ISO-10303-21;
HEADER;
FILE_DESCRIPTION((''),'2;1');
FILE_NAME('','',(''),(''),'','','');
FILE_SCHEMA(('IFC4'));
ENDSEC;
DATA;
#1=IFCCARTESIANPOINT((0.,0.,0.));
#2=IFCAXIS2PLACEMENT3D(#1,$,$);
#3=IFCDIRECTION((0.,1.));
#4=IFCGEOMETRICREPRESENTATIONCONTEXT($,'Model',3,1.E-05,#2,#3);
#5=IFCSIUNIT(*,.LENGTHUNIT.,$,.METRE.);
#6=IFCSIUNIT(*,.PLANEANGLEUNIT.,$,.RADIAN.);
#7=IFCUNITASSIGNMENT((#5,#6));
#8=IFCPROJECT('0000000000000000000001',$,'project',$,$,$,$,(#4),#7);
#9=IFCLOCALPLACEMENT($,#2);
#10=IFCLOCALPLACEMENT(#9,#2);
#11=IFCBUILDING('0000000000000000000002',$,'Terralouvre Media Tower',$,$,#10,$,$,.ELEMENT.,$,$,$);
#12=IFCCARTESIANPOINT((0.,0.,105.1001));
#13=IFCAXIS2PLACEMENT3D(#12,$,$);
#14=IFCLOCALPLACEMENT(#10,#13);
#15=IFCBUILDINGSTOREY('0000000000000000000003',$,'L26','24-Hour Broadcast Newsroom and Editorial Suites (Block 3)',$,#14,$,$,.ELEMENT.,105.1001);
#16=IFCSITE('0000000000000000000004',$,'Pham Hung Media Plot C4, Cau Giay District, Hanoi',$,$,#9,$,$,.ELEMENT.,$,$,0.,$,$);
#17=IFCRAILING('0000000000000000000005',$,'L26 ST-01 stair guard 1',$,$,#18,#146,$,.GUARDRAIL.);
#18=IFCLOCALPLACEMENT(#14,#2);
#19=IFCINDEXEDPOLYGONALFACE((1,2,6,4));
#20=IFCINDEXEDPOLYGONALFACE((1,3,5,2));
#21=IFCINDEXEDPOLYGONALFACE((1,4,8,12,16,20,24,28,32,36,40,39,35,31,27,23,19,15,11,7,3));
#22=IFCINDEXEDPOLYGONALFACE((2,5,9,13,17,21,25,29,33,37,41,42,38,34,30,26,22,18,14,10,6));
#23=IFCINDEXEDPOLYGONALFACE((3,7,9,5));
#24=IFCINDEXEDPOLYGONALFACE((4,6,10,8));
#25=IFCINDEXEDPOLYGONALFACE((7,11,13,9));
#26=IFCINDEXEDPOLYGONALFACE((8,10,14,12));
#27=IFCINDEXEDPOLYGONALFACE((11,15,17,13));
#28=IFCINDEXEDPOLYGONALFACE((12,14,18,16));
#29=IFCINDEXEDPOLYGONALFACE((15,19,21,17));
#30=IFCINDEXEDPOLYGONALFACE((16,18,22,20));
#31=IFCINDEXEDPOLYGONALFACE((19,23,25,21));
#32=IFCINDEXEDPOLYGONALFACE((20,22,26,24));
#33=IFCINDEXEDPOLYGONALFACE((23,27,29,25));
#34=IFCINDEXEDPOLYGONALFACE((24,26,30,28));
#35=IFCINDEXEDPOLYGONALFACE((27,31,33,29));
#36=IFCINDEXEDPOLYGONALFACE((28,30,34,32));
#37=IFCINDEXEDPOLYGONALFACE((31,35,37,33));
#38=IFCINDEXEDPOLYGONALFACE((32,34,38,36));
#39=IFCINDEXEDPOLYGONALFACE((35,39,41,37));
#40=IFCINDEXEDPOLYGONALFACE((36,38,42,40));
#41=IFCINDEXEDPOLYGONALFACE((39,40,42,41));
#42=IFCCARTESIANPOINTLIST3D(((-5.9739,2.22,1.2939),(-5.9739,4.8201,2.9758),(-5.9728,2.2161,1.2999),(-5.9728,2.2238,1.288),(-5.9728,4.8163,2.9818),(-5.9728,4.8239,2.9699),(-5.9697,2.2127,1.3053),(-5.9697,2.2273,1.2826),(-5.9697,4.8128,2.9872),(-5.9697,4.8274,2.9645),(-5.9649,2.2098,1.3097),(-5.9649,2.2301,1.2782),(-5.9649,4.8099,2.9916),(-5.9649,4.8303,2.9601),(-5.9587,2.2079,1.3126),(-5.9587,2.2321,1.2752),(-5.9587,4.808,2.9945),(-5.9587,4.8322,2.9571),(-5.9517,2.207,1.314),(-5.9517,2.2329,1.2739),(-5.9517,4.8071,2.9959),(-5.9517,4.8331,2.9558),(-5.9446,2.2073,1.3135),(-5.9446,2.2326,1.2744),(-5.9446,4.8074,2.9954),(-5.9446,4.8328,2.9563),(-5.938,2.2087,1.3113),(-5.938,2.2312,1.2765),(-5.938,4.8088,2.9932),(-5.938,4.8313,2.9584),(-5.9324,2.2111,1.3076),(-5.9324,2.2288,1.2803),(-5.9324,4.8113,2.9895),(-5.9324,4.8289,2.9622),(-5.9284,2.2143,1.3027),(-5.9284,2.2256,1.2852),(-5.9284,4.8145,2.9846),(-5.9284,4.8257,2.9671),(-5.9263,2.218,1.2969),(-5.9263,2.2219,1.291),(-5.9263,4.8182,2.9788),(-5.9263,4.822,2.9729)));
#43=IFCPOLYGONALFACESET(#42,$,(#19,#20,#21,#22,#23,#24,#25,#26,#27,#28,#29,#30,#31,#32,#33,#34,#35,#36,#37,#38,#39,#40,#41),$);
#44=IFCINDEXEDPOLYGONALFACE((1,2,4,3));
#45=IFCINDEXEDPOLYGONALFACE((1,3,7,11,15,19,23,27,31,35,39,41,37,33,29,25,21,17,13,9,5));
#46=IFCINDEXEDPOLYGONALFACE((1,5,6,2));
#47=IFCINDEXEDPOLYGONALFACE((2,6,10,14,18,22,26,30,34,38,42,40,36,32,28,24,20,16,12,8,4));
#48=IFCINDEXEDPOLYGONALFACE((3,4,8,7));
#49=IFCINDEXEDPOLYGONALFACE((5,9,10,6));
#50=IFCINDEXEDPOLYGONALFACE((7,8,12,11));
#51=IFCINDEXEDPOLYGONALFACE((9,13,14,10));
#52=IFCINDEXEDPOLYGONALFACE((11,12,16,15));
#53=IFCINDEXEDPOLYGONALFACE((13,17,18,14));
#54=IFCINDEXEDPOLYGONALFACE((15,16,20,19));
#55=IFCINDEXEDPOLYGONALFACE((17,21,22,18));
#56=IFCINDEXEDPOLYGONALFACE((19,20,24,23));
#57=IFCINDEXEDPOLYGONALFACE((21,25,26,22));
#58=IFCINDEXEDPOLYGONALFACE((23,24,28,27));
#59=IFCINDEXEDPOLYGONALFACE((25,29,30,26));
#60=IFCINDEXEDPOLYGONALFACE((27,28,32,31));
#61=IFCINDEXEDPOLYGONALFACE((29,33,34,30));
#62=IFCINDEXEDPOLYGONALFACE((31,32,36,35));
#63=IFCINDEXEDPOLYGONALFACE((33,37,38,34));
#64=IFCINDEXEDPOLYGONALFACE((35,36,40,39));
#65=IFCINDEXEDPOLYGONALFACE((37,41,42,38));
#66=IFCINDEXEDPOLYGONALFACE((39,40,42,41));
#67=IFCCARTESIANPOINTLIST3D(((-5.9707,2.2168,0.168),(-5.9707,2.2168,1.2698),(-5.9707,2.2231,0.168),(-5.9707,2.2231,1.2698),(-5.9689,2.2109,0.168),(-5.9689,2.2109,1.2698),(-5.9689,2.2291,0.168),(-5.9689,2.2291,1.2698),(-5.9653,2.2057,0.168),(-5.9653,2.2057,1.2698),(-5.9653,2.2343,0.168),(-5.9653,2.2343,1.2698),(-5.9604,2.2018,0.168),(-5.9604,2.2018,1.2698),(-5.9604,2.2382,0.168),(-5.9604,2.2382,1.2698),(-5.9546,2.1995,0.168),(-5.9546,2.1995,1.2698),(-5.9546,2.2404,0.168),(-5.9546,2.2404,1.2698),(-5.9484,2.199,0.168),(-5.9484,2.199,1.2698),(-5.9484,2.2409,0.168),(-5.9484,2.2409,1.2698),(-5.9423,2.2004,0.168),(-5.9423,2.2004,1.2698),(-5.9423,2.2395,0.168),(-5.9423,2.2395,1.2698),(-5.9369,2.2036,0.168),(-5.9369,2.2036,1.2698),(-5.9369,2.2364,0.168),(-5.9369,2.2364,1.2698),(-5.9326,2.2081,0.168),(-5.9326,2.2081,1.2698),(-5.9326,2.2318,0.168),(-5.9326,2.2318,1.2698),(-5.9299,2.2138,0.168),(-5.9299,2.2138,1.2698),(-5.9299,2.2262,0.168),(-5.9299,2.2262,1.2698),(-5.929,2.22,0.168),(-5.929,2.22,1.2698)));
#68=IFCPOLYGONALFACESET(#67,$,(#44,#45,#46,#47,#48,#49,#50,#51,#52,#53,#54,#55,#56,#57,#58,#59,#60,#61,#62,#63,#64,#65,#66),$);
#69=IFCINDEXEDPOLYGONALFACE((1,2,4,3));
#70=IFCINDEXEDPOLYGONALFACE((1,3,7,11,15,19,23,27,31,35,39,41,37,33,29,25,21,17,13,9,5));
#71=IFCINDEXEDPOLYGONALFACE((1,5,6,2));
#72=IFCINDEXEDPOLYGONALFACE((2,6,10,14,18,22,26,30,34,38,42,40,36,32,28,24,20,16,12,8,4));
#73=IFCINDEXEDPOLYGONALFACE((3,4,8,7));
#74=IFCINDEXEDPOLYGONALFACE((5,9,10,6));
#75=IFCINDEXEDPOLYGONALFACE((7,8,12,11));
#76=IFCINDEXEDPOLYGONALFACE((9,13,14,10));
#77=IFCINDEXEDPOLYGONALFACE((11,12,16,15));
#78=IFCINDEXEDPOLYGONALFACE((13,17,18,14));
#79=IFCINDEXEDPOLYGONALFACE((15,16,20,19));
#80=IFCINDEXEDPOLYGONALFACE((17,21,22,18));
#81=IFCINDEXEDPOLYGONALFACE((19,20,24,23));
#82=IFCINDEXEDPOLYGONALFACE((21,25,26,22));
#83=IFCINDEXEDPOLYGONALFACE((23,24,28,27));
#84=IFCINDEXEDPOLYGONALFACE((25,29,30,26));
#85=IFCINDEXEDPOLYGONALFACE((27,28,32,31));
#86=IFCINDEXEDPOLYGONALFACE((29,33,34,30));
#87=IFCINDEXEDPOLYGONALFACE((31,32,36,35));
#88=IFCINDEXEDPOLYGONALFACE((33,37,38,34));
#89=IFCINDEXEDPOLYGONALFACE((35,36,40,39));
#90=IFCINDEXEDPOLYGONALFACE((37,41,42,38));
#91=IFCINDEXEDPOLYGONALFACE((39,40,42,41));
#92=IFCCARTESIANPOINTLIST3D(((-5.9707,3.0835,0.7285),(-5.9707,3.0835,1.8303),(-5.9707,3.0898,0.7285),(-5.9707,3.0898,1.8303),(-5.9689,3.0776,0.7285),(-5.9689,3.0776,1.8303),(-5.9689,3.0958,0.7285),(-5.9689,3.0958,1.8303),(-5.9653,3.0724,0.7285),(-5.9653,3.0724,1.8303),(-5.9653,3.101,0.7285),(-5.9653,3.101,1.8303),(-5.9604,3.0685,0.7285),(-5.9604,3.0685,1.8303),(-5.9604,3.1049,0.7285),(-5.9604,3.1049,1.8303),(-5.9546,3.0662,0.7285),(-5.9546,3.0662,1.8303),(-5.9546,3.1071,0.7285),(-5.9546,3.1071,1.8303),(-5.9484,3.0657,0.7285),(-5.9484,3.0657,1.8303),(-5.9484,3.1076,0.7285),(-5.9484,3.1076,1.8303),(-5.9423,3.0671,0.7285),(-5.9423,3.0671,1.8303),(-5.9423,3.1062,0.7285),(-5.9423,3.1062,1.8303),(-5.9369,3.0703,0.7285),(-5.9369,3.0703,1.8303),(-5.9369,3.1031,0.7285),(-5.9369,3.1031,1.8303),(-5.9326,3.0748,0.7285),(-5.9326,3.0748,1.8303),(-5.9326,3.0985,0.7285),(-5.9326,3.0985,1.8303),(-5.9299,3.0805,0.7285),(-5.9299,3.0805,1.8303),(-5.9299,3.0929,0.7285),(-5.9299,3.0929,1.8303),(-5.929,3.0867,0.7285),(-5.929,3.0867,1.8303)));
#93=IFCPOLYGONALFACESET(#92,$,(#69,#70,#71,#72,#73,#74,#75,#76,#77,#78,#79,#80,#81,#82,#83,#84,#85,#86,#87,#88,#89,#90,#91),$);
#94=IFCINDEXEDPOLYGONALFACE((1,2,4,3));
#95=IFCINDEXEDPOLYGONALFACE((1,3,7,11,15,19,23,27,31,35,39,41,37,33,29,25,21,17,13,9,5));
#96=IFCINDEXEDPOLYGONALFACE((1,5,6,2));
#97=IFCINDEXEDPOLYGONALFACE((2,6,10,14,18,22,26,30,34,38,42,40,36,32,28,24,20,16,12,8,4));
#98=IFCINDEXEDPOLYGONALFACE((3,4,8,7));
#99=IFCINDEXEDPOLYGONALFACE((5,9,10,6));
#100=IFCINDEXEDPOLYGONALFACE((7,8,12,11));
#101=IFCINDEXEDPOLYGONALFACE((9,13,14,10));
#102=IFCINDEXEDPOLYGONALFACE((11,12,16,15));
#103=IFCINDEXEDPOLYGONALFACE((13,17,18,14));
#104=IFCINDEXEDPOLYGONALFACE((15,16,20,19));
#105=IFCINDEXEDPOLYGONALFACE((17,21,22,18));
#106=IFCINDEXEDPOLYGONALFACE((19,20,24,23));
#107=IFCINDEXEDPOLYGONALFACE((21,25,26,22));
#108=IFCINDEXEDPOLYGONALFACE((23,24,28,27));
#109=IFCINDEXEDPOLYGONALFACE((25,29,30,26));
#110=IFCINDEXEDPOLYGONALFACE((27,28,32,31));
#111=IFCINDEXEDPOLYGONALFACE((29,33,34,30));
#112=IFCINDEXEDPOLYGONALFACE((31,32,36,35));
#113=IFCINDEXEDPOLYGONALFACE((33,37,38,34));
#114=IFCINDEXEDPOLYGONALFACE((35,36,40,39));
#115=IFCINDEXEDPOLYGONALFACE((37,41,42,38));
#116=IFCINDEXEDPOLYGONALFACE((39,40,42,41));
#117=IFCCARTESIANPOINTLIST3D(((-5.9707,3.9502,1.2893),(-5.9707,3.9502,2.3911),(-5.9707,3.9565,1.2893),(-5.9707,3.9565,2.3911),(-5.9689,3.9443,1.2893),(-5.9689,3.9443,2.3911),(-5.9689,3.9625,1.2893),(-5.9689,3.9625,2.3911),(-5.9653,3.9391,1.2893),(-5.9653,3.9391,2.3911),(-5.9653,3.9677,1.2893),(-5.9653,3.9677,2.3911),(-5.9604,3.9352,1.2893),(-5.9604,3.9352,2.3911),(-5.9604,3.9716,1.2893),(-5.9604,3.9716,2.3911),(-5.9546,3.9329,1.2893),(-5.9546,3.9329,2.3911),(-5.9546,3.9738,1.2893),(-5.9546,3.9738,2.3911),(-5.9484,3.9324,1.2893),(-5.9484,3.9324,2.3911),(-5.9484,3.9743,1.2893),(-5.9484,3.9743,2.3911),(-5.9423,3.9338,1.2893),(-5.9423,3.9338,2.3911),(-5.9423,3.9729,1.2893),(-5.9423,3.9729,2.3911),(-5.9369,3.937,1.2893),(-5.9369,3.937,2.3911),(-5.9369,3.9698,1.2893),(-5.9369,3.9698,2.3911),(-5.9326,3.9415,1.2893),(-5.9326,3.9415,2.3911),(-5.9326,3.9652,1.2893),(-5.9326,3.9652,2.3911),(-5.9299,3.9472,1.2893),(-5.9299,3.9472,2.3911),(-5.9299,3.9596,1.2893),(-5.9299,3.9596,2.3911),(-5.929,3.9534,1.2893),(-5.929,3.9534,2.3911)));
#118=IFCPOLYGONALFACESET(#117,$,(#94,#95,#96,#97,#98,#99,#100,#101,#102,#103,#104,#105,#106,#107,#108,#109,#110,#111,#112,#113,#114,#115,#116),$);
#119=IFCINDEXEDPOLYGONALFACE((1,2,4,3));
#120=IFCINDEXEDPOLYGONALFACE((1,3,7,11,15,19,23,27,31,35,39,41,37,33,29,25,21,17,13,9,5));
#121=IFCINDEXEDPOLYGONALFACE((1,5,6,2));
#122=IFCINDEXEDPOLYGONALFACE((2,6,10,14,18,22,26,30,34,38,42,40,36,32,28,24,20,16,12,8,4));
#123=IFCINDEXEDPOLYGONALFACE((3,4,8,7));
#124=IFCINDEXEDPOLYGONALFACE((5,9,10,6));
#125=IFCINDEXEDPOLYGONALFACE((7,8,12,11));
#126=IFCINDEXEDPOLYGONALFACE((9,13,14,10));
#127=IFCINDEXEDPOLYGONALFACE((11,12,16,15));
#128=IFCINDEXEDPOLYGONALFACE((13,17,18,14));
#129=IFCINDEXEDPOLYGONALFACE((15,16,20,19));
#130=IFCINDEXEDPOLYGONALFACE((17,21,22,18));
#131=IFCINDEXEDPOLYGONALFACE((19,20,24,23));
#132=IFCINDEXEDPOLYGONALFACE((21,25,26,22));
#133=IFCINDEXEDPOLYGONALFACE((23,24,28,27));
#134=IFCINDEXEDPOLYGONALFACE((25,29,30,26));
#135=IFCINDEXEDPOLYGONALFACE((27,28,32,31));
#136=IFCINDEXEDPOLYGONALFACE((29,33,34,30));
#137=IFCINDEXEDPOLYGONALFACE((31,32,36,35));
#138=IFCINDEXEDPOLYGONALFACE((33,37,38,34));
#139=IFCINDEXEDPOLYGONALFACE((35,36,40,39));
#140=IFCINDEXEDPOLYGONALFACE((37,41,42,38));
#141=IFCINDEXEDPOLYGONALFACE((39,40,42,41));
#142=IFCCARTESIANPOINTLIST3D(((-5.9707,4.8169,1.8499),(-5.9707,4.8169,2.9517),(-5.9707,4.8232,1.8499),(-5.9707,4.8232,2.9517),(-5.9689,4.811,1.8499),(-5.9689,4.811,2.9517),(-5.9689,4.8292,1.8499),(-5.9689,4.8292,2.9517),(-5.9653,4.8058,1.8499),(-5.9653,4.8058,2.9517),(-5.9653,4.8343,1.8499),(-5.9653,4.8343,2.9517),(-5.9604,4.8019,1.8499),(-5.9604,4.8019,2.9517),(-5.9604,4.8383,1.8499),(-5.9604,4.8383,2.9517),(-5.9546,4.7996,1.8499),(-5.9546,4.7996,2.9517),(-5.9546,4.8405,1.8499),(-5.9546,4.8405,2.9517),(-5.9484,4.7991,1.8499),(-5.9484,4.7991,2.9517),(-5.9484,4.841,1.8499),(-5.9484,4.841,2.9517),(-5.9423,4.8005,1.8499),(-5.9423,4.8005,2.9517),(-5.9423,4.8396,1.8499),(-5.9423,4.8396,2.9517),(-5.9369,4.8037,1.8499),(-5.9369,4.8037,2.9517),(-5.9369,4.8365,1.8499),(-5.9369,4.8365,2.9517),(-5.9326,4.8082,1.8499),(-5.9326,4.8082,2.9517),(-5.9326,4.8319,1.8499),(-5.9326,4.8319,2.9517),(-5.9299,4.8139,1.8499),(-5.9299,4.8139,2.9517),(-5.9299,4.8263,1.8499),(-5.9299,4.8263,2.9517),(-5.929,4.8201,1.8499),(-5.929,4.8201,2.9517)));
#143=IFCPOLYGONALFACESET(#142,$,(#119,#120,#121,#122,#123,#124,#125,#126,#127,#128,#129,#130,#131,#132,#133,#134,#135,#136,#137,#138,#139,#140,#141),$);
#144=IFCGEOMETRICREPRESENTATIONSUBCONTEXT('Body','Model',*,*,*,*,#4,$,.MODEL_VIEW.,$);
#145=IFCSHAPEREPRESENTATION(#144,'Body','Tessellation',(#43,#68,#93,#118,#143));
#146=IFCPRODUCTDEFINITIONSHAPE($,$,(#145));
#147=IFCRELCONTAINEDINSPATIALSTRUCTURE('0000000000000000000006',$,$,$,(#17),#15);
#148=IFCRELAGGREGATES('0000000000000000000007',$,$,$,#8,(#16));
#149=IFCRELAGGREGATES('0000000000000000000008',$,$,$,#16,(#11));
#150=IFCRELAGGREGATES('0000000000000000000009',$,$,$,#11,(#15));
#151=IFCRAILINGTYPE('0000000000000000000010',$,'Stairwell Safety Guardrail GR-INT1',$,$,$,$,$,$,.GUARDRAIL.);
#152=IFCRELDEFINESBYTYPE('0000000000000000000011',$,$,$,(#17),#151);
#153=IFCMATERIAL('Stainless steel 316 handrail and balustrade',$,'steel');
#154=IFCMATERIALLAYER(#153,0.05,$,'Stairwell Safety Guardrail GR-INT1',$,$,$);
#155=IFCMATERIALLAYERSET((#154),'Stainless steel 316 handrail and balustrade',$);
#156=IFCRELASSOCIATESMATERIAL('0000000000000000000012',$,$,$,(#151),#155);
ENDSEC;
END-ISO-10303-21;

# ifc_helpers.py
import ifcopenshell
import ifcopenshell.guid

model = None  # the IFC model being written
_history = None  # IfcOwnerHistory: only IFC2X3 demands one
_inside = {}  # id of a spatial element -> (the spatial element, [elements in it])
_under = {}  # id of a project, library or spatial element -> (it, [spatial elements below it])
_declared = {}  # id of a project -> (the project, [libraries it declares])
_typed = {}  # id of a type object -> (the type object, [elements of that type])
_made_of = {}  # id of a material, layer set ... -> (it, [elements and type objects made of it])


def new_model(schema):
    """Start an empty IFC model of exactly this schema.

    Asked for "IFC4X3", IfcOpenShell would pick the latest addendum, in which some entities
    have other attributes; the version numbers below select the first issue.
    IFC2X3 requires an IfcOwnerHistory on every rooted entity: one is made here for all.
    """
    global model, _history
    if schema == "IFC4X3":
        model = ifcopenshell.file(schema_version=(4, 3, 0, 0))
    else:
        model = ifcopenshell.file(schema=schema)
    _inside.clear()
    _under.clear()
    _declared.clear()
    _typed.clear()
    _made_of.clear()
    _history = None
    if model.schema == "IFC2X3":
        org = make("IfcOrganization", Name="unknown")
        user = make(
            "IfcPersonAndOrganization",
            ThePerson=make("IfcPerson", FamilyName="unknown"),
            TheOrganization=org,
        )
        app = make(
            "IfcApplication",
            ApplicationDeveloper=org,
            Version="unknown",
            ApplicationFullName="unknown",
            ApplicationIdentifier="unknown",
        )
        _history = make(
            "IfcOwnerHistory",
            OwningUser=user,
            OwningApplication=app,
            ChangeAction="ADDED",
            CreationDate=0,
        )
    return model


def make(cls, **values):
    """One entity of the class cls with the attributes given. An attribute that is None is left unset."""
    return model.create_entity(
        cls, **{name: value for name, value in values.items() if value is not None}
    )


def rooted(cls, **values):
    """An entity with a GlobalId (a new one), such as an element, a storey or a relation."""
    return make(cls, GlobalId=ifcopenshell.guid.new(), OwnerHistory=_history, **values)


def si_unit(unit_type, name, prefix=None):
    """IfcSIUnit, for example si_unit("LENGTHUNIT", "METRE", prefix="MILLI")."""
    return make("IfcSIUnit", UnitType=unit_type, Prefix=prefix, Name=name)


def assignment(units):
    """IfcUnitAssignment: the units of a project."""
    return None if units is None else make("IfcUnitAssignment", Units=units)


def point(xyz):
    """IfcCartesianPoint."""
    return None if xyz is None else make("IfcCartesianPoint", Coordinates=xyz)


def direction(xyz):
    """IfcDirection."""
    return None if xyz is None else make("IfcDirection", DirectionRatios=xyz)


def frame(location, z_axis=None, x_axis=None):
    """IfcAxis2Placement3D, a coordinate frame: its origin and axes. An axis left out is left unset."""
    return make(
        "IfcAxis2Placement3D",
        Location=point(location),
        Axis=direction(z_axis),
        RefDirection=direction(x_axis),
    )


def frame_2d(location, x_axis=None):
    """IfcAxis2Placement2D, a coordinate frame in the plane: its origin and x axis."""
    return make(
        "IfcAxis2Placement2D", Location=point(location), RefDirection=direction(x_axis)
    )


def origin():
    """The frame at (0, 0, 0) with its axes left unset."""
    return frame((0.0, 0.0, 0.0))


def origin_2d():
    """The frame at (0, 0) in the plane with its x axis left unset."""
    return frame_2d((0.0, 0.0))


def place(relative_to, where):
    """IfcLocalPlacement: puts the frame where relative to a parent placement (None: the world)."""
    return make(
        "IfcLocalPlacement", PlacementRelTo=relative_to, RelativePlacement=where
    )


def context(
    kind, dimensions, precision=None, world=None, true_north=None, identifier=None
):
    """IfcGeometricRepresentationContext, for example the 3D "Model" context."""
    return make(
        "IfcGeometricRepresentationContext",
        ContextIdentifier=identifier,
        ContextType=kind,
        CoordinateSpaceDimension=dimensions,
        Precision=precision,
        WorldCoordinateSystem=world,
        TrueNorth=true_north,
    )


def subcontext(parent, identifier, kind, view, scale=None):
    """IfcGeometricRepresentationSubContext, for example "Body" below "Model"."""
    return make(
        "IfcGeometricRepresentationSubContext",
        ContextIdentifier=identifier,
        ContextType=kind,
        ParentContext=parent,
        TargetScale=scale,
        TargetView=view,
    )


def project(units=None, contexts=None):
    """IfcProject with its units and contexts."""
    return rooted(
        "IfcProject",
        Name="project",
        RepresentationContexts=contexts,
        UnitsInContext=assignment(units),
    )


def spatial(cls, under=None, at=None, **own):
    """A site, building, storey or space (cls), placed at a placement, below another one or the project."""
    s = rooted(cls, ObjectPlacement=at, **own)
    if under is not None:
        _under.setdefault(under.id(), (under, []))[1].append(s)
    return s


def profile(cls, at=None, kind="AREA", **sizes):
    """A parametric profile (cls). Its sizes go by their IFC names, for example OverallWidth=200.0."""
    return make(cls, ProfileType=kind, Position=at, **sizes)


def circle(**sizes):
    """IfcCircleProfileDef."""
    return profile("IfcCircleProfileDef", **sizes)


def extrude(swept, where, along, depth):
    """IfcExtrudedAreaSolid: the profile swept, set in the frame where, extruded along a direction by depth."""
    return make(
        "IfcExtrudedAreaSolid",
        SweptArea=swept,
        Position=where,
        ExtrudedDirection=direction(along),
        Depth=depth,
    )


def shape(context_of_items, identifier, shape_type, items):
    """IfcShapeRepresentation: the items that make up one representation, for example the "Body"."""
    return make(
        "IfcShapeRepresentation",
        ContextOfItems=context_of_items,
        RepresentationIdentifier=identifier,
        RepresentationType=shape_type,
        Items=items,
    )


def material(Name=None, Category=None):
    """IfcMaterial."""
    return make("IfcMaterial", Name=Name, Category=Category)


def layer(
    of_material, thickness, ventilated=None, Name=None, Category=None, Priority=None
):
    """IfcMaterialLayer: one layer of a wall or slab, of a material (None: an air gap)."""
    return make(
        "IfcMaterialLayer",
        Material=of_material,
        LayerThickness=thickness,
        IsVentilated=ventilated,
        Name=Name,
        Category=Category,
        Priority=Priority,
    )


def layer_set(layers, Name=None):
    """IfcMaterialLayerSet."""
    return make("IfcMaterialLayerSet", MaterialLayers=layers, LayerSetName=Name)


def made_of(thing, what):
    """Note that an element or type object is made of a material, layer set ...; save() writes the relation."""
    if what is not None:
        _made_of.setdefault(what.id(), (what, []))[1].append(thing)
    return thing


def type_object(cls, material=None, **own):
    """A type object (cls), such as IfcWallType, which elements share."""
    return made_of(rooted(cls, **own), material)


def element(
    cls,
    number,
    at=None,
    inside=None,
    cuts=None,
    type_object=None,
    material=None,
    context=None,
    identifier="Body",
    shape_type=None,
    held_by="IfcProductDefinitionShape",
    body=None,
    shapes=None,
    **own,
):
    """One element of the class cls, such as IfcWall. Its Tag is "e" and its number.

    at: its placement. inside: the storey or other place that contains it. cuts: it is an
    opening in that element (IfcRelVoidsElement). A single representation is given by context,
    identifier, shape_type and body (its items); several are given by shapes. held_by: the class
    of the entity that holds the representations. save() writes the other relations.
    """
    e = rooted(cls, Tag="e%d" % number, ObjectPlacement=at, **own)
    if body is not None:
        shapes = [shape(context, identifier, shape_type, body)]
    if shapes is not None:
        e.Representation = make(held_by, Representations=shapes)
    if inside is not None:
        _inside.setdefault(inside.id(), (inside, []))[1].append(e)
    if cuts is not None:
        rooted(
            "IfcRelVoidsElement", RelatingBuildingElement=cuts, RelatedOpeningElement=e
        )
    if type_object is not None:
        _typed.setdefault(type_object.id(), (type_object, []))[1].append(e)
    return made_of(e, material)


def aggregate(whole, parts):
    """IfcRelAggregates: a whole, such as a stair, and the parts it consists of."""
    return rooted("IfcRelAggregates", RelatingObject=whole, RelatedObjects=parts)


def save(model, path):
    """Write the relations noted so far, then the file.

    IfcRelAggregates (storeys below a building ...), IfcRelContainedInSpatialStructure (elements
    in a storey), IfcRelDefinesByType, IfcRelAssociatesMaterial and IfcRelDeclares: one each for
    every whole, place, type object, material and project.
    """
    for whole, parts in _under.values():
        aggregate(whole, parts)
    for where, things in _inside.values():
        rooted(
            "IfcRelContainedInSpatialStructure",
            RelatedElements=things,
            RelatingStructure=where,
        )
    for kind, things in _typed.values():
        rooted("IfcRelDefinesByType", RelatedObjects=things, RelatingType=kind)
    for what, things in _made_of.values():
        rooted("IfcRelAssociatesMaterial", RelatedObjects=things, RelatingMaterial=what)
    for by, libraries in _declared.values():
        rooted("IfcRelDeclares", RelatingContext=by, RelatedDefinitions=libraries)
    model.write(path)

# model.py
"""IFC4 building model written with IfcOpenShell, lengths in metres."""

from ifc_helpers import new_model, si_unit, direction, frame, origin, origin_2d, place, context, subcontext, project, spatial, circle, extrude, material, layer, layer_set, type_object, element, save


model = new_model("IFC4")

# Units and contexts
model_context = context("Model", 3, precision=1e-05, world=origin(), true_north=direction((0.0, 1.0)))
body_context = subcontext(model_context, "Body", "Model", "MODEL_VIEW")
ifc_project = project(units=[si_unit("LENGTHUNIT", "METRE"), si_unit("PLANEANGLEUNIT", "RADIAN")], contexts=[model_context])

# Site, building, storey
site_placement = place(None, origin())
site = spatial("IfcSite", under=ifc_project, at=site_placement, Name="Pham Hung Media Plot C4, Cau Giay District, Hanoi", CompositionType="ELEMENT", RefElevation=0.0)
building_placement = place(site_placement, origin())
building = spatial("IfcBuilding", under=site, at=building_placement, Name="Terralouvre Media Tower", CompositionType="ELEMENT")
storey_placement = place(building_placement, frame((0.0, 0.0, 105.1001)))
storey = spatial("IfcBuildingStorey", under=building, at=storey_placement, Name="L26", Description="24-Hour Broadcast Newsroom and Editorial Suites (Block 3)", CompositionType="ELEMENT", Elevation=105.1001)

# Railing
ifc_material_1 = material(Name="Stainless steel 316 handrail and balustrade", Category="steel")
ifc_layer_1 = layer(ifc_material_1, 0.05, Name="Stairwell Safety Guardrail GR-INT1")
ifc_layer_set_1 = layer_set([ifc_layer_1], Name="Stainless steel 316 handrail and balustrade")
railing_type_1 = type_object("IfcRailingType", Name="Stairwell Safety Guardrail GR-INT1", PredefinedType="GUARDRAIL", material=ifc_layer_set_1)
railing_1_placement = place(storey_placement, frame((-5.95, 2.22, 0.168)))
element("IfcRailing", 1, at=railing_1_placement, inside=storey, type_object=railing_type_1, Name="L26 ST-01 stair guard 1", PredefinedType="GUARDRAIL", context=body_context, shape_type="SweptSolid", body=[
    extrude(circle(Radius=0.0239, at=origin_2d()), frame((0.0, 0.0, 1.126), z_axis=(0.0, 0.839648, 0.54313), x_axis=(-1.0, 0.0, 0.0)), (0.0, 0.0, 1.0), 3.0967),
    extrude(circle(Radius=0.021, at=origin_2d()), origin(), (0.0, 0.0, 1.0), 1.1018),
    extrude(circle(Radius=0.021, at=origin_2d()), frame((0.0, 0.8667, 0.5605)), (0.0, 0.0, 1.0), 1.1018),
    extrude(circle(Radius=0.021, at=origin_2d()), frame((0.0, 1.7334, 1.1213)), (0.0, 0.0, 1.0), 1.1018),
    extrude(circle(Radius=0.021, at=origin_2d()), frame((0.0, 2.6001, 1.6819)), (0.0, 0.0, 1.0), 1.1018),
])

save(model, "model.ifc")
